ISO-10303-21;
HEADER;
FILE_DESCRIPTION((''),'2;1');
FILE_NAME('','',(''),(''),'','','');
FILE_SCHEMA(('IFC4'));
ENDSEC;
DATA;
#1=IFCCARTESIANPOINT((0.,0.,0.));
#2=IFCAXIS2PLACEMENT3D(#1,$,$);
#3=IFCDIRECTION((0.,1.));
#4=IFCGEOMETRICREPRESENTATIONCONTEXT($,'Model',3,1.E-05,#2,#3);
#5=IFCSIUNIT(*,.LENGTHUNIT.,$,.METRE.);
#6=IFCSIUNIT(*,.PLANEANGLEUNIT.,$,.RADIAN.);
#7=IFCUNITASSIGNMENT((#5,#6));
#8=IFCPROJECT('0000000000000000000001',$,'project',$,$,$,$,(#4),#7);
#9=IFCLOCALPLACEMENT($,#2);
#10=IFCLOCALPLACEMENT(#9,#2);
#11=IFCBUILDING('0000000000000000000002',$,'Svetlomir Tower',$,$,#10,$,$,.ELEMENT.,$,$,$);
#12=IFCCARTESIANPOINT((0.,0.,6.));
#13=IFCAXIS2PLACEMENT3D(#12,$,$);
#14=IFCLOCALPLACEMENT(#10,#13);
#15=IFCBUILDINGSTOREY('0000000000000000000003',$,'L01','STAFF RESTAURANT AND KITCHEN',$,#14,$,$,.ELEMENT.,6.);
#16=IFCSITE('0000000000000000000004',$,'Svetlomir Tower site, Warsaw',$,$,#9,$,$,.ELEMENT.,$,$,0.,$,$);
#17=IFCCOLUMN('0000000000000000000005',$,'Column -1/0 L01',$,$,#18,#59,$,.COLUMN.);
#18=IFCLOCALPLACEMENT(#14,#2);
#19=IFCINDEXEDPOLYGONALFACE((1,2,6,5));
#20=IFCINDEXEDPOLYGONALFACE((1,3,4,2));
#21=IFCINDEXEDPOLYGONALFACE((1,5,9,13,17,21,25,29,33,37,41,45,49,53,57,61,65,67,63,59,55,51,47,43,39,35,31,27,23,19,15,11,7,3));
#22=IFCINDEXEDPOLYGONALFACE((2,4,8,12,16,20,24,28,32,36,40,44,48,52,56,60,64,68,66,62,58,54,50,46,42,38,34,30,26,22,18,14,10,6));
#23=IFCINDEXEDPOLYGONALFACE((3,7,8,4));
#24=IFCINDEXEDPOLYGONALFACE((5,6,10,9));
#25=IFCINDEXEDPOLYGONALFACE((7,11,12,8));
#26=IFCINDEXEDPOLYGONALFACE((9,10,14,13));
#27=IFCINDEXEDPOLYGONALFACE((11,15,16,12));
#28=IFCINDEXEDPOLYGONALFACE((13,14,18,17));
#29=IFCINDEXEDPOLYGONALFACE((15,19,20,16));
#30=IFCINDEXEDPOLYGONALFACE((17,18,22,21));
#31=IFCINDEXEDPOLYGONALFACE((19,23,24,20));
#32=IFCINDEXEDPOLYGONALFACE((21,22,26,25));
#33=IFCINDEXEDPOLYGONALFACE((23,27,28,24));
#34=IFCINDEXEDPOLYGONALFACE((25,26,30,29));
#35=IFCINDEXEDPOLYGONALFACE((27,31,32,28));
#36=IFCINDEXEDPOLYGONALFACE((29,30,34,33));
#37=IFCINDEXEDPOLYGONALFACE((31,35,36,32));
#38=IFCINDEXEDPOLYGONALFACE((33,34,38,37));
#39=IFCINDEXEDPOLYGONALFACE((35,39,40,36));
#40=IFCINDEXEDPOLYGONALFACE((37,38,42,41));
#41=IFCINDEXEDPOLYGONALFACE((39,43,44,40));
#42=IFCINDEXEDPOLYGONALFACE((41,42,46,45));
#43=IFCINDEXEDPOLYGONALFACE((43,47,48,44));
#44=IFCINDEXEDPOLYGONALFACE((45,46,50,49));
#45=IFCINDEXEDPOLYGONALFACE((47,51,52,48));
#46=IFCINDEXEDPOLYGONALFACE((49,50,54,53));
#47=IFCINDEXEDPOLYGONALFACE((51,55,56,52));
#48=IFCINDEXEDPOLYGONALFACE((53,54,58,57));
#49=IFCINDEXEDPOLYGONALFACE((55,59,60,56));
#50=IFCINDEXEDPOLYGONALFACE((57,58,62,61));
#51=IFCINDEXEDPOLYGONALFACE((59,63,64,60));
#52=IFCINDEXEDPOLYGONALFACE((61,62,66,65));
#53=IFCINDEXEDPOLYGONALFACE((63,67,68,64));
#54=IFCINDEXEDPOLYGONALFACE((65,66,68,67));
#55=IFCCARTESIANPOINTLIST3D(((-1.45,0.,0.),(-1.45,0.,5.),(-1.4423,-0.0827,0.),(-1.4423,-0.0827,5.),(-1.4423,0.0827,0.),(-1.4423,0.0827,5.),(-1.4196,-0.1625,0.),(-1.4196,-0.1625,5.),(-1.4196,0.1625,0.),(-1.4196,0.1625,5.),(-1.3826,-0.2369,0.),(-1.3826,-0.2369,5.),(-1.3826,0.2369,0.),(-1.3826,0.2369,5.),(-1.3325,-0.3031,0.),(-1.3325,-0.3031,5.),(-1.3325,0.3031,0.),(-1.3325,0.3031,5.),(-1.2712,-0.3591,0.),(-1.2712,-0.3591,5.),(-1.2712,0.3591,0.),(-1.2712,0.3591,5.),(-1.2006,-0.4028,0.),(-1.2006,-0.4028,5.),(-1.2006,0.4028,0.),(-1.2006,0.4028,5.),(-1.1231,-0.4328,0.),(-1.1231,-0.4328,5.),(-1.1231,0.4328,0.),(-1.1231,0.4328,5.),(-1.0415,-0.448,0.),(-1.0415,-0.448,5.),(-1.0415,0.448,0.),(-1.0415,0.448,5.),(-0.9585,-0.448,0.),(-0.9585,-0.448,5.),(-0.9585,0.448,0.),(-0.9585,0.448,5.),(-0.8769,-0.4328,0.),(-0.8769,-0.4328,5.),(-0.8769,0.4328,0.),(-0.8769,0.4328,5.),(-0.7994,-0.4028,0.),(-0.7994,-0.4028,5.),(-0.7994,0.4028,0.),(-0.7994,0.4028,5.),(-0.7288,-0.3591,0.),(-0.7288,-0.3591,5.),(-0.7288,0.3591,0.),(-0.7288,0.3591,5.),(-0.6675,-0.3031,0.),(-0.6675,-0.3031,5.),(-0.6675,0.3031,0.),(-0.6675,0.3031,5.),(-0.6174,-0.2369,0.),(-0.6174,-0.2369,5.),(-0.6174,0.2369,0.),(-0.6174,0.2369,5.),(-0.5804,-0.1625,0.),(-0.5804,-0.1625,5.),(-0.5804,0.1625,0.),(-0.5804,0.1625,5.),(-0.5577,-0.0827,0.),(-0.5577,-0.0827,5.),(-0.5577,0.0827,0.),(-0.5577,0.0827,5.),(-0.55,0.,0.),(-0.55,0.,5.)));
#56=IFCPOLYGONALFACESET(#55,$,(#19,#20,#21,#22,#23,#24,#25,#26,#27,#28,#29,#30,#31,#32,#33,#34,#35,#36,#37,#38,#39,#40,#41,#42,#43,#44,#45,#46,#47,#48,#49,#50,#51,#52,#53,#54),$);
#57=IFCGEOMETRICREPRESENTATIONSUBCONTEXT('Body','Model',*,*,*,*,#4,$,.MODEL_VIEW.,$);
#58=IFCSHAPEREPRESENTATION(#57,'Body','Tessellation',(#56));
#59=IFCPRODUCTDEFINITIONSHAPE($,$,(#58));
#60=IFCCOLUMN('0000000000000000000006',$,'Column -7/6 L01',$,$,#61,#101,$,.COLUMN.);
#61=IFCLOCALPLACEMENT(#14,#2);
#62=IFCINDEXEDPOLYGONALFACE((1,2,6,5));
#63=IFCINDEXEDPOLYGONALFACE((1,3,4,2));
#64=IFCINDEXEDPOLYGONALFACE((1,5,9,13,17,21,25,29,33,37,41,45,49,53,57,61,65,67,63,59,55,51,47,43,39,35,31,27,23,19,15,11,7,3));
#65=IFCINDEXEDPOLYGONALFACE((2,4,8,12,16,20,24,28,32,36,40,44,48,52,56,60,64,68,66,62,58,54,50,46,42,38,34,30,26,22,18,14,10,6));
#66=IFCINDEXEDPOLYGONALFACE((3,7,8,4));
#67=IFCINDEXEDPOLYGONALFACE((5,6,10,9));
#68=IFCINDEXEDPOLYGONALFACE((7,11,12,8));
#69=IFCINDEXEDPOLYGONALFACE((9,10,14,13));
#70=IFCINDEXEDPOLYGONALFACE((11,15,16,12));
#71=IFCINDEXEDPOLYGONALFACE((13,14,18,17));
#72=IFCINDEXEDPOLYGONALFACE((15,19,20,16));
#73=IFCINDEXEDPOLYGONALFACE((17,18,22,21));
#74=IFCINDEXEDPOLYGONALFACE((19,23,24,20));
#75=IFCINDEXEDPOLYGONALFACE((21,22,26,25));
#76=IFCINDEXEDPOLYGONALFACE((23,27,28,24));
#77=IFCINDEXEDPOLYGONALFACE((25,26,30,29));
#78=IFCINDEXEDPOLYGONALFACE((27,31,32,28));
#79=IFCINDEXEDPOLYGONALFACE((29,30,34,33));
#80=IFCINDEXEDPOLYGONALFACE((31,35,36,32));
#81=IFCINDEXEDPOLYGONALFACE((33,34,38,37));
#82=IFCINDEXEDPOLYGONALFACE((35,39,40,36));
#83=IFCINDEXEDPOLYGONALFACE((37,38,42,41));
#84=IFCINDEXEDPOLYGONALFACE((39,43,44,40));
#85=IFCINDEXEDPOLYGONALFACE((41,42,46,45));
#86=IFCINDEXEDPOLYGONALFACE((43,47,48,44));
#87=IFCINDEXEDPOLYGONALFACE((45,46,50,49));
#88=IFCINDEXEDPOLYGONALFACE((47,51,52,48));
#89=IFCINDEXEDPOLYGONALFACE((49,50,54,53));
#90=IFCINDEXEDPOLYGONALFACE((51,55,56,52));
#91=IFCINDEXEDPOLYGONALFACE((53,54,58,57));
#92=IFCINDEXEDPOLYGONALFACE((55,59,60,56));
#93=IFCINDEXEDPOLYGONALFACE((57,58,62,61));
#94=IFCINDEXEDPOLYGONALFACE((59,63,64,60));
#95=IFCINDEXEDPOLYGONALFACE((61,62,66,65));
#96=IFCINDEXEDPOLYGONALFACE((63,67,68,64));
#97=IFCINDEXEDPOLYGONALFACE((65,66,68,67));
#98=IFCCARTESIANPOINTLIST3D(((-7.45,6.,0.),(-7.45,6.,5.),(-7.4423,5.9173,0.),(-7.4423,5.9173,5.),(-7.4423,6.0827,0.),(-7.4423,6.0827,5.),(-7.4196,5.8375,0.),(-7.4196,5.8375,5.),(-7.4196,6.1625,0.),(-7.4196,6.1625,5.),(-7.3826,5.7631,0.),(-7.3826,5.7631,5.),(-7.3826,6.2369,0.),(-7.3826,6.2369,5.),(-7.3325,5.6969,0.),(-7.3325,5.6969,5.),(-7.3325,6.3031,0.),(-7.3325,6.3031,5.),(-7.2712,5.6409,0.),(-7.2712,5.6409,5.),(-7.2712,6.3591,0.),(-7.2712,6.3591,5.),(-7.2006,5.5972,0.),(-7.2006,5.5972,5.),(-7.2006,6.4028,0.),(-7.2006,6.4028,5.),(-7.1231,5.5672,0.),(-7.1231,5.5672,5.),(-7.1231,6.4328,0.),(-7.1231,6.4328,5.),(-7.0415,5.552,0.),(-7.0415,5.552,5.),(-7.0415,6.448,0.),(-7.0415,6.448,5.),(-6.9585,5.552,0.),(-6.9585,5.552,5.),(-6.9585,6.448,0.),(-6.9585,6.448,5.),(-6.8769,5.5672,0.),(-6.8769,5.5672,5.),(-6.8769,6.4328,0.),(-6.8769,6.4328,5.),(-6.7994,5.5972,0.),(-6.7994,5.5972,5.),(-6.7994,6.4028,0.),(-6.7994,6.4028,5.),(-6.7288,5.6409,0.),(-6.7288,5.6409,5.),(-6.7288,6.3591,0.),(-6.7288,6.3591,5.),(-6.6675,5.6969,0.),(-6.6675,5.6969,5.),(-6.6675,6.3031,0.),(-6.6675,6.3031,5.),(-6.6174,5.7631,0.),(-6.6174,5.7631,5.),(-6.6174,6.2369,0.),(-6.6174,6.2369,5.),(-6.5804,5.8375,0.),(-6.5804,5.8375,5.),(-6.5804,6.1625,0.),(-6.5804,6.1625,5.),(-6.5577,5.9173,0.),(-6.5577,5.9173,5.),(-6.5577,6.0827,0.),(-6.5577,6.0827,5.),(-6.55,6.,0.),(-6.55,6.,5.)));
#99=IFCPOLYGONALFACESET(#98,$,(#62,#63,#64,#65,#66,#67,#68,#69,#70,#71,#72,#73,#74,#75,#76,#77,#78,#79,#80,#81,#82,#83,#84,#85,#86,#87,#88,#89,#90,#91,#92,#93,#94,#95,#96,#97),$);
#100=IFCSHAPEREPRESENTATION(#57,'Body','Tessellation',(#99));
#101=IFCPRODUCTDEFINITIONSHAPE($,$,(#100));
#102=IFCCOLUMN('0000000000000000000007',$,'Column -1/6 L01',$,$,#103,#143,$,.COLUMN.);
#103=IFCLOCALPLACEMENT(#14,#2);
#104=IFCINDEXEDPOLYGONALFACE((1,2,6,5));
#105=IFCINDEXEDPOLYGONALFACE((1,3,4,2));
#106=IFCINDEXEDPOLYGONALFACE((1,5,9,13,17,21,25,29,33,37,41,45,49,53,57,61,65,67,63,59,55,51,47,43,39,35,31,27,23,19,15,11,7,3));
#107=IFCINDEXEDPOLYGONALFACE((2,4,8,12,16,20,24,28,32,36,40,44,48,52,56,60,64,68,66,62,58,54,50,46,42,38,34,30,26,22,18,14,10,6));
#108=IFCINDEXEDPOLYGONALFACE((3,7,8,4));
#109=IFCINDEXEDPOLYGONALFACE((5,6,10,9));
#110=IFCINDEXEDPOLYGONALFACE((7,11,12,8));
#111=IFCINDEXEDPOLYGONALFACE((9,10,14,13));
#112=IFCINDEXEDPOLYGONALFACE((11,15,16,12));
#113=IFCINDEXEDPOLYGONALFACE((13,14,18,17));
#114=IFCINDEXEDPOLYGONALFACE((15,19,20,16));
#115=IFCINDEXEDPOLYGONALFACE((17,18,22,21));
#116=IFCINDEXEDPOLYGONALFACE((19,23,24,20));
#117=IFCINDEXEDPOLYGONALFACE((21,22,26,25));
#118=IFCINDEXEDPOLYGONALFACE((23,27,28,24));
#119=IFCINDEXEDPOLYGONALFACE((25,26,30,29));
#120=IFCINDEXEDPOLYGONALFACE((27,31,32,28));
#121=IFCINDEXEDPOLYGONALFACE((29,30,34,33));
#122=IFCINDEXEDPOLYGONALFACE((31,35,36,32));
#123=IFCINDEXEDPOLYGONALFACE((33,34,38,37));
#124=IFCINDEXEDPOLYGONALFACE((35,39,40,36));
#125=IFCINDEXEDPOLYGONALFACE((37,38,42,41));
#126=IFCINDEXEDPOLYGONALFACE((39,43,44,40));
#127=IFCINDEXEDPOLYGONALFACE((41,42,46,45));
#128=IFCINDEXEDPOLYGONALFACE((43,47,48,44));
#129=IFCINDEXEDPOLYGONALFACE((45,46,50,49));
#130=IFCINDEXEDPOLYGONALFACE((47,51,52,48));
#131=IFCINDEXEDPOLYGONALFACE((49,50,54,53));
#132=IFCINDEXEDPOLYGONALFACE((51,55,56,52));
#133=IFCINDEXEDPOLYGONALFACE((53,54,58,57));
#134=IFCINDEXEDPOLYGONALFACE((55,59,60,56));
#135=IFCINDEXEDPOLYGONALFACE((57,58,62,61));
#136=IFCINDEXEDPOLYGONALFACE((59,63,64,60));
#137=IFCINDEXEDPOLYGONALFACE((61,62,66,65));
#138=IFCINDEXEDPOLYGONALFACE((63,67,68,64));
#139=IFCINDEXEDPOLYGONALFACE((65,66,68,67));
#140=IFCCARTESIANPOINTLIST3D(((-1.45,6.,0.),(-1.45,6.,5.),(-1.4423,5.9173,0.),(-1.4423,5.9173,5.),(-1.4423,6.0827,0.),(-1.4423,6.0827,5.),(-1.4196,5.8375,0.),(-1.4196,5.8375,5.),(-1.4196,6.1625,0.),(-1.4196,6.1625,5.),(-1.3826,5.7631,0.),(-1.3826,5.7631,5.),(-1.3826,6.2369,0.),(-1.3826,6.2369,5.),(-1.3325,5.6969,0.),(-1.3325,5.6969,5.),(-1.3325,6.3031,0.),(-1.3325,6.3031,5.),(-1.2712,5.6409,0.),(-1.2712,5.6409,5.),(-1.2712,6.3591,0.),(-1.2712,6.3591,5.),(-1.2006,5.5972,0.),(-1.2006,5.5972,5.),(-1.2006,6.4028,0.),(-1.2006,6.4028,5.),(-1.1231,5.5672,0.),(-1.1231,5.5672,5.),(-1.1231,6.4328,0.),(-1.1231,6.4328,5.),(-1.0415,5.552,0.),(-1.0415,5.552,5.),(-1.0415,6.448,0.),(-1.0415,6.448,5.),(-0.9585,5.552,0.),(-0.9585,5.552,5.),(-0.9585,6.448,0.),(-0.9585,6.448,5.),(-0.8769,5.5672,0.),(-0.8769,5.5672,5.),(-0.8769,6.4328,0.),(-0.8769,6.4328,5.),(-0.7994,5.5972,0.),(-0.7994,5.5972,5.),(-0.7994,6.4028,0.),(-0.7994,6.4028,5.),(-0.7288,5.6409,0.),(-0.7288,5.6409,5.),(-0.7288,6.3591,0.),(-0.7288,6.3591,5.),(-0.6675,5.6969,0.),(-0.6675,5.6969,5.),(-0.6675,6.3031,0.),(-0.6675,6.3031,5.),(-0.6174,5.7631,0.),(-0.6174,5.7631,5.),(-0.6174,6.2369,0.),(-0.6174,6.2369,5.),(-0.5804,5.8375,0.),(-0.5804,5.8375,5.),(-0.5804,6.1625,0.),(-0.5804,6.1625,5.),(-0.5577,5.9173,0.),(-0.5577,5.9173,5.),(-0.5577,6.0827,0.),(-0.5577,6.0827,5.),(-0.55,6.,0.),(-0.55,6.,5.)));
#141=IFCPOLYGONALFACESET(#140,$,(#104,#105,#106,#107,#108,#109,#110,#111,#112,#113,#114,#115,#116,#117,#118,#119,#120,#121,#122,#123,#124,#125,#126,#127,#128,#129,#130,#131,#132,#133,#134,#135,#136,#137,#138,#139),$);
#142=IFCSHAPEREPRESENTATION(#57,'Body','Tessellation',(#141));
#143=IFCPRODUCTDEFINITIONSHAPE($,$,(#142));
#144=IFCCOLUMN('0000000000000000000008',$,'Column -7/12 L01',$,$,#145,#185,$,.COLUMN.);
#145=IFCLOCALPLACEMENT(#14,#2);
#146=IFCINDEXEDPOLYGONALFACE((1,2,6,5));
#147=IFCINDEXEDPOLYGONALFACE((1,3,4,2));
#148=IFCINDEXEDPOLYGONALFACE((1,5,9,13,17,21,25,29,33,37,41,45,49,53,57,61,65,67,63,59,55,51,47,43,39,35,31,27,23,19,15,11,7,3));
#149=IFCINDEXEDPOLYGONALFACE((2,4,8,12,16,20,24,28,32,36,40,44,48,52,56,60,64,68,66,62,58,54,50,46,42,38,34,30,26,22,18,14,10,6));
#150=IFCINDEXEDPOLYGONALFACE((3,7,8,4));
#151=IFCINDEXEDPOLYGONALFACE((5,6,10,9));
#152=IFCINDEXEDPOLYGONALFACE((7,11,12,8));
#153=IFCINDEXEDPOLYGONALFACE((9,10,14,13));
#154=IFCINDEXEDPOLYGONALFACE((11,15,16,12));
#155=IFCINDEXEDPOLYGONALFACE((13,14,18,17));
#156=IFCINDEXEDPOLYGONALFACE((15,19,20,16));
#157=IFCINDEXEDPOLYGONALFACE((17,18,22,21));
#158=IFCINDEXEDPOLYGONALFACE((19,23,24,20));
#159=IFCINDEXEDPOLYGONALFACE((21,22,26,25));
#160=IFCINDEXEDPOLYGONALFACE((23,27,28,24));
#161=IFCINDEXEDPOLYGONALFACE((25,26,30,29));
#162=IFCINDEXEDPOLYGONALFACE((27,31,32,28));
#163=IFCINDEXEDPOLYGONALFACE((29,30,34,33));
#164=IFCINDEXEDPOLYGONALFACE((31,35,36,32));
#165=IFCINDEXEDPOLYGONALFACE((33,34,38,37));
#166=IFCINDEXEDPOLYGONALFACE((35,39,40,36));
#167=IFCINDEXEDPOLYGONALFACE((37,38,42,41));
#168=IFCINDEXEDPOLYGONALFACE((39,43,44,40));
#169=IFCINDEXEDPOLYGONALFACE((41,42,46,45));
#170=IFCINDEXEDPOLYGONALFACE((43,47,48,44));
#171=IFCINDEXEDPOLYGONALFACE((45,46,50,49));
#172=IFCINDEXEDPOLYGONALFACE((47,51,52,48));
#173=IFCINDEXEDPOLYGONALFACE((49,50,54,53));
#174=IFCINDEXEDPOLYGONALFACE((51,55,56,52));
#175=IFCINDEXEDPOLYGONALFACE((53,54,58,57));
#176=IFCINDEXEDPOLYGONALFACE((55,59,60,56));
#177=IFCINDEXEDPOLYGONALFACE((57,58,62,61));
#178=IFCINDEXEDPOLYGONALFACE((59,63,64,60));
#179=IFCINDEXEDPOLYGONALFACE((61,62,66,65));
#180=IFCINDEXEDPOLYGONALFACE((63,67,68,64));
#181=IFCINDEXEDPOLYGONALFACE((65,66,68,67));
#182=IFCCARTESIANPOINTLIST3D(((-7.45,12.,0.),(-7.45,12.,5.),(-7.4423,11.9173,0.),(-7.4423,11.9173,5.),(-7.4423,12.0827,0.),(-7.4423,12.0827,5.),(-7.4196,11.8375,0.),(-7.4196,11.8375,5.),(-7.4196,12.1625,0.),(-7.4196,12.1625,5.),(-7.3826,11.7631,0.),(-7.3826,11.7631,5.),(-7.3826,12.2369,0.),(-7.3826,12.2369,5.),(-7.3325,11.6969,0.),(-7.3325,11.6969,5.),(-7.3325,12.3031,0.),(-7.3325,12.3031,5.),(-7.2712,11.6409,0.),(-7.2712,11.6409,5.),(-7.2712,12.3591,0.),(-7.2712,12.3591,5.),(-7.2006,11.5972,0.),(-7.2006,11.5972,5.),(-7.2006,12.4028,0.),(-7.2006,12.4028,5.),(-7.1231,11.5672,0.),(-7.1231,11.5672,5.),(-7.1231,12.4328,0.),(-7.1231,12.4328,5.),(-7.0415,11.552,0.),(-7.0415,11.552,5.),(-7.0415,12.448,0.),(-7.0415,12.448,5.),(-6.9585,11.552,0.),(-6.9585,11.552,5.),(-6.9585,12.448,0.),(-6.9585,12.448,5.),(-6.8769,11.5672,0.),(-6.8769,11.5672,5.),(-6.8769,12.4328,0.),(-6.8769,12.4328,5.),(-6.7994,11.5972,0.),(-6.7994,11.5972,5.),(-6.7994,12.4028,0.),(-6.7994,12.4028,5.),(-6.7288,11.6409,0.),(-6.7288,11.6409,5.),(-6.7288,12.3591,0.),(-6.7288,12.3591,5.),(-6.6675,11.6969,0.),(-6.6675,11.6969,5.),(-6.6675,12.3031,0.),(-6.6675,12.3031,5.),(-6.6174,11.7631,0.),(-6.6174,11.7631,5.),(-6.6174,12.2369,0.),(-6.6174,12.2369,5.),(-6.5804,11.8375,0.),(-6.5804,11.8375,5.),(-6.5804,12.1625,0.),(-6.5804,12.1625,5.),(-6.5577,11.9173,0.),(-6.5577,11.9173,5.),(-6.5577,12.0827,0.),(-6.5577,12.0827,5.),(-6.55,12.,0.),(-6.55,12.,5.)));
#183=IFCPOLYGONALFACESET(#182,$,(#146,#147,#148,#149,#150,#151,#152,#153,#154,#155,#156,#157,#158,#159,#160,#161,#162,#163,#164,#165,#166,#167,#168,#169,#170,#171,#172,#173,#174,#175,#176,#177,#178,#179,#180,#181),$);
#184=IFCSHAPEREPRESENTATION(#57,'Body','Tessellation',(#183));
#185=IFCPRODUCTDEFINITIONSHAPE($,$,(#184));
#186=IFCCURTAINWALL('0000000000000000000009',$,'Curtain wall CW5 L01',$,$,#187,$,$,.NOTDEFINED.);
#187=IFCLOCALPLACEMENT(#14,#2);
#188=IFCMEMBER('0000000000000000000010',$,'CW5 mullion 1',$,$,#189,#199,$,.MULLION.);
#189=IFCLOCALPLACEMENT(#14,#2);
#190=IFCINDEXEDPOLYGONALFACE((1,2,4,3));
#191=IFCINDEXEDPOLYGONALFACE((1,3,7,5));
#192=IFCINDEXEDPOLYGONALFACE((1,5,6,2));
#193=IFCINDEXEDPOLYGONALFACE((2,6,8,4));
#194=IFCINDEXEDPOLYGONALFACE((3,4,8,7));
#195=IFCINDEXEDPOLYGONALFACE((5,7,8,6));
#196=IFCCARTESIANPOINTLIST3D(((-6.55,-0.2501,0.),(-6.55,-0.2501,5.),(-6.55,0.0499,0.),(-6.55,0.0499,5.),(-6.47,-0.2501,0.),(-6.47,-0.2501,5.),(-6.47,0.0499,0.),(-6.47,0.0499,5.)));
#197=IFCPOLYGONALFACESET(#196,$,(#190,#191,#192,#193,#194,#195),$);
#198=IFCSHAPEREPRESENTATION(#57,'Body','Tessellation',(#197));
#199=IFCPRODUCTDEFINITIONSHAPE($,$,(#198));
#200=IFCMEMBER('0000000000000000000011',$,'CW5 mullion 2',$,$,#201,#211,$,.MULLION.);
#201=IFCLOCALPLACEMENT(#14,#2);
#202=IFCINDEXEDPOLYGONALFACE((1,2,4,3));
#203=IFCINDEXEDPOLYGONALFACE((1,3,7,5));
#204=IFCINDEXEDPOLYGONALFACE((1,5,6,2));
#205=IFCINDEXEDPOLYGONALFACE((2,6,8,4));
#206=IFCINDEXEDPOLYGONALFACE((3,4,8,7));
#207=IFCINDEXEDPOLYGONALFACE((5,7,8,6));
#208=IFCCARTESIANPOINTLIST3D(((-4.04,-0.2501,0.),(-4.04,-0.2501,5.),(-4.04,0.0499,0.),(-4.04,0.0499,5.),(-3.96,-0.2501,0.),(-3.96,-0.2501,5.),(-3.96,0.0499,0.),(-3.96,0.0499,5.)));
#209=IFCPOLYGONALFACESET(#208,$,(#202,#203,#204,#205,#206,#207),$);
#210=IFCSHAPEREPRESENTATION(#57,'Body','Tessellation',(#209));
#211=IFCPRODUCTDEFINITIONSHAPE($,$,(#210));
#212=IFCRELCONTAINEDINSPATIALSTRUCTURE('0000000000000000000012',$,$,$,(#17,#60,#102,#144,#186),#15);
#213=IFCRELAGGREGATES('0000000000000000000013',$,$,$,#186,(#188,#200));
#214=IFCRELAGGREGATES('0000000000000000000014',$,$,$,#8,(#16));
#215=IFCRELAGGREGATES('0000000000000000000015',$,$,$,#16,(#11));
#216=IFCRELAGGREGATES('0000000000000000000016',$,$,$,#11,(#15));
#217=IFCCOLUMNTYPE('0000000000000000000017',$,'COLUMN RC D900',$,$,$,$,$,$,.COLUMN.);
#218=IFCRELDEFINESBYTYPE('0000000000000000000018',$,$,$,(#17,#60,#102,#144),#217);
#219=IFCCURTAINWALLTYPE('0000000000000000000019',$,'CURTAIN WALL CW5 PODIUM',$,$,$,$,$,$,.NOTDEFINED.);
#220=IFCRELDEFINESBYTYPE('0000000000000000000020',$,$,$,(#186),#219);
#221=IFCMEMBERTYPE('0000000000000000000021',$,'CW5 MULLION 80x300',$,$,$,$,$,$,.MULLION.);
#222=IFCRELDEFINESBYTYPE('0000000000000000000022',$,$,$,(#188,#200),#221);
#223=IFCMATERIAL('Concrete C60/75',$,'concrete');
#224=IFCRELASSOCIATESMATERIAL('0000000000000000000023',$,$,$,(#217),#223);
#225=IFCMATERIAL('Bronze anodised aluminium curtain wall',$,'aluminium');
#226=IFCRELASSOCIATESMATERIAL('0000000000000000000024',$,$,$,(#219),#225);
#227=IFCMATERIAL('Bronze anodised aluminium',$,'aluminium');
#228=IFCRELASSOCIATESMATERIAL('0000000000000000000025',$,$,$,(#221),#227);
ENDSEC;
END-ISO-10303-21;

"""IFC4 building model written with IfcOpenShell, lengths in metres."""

from ifc_helpers import new_model, si_unit, direction, frame, origin, origin_2d, place, context, subcontext, project, spatial, rectangle, circle, extrude, material, material_profile, profile_set, type_object, element, aggregate, save


model = new_model("IFC4")

# Units and contexts
model_context = context("Model", 3, precision=1e-05, world=origin(), true_north=direction((0.0, 1.0)))
body_context = subcontext(model_context, "Body", "Model", "MODEL_VIEW")
ifc_project = project(units=[si_unit("LENGTHUNIT", "METRE"), si_unit("PLANEANGLEUNIT", "RADIAN")], contexts=[model_context])

# Site, building, storey
site_placement = place(None, origin())
site = spatial("IfcSite", under=ifc_project, at=site_placement, Name="Svetlomir Tower site, Warsaw", CompositionType="ELEMENT", RefElevation=0.0)
building_placement = place(site_placement, origin())
building = spatial("IfcBuilding", under=site, at=building_placement, Name="Svetlomir Tower", CompositionType="ELEMENT")
storey_placement = place(building_placement, frame((0.0, 0.0, 6.0)))
storey = spatial("IfcBuildingStorey", under=building, at=storey_placement, Name="L01", Description="STAFF RESTAURANT AND KITCHEN", CompositionType="ELEMENT", Elevation=6.0)

# Columns
ifc_material_1 = material(Name="Concrete C60/75", Category="concrete")
ifc_material_profile_1 = material_profile(ifc_material_1, circle(Radius=0.45, at=origin_2d()), Name="RC D900")
ifc_profile_set_1 = profile_set([ifc_material_profile_1], Name="Concrete C60/75")
column_type = type_object("IfcColumnType", Name="COLUMN RC D900", PredefinedType="COLUMN", material=ifc_profile_set_1)
for number, where, z_axis, x_axis, name in (
    (1, (-1.0, 0.0, 0.0), (0.0, 0.0, 1.0), (1.0, 0.0, 0.0), "Column -1/0 L01"),
    (2, (-7.0, 6.0, 0.0), (0.0, 0.0, 1.0), (1.0, 0.0, 0.0), "Column -7/6 L01"),
    (3, (-1.0, 6.0, 0.0), (0.0, 0.0, 1.0), (1.0, 0.0, 0.0), "Column -1/6 L01"),
    (4, (-7.0, 12.0, 0.0), (0.0, 0.0, 1.0), (1.0, 0.0, 0.0), "Column -7/12 L01"),
):
    element("IfcColumn", number, at=place(storey_placement, frame(where, z_axis=z_axis, x_axis=x_axis)), inside=storey, type_object=column_type, Name=name, PredefinedType="COLUMN", context=body_context, shape_type="SweptSolid", body=[
        extrude(circle(Radius=0.45, at=origin_2d()), origin(), (0.0, 0.0, 1.0), 5.0),
    ])

# Curtain wall, members
ifc_material_2 = material(Name="Bronze anodised aluminium curtain wall", Category="aluminium")
curtain_wall_type = type_object("IfcCurtainWallType", Name="CURTAIN WALL CW5 PODIUM", PredefinedType="NOTDEFINED", material=ifc_material_2)
curtain_wall_placement = place(storey_placement, origin())
curtain_wall = element("IfcCurtainWall", 5, at=curtain_wall_placement, inside=storey, type_object=curtain_wall_type, Name="Curtain wall CW5 L01", PredefinedType="NOTDEFINED")
ifc_material_3 = material(Name="Bronze anodised aluminium", Category="aluminium")
ifc_material_profile_2 = material_profile(ifc_material_3, rectangle(XDim=0.0801, YDim=0.3, at=origin_2d()), Name="AL 80x300")
ifc_profile_set_2 = profile_set([ifc_material_profile_2], Name="Bronze anodised aluminium 6063-T6")
member_type_1 = type_object("IfcMemberType", Name="CW5 MULLION 80x300", PredefinedType="MULLION", material=ifc_profile_set_2)
member_1_placement = place(storey_placement, frame((-6.51, -0.1001, 0.0), z_axis=(0.0, 0.0, 1.0), x_axis=(1.0, 0.0, 0.0)))
member_1 = element("IfcMember", 6, at=member_1_placement, type_object=member_type_1, Name="CW5 mullion 1", PredefinedType="MULLION", context=body_context, shape_type="SweptSolid", body=[
    extrude(rectangle(XDim=0.0801, YDim=0.3, at=origin_2d()), origin(), (0.0, 0.0, 1.0), 5.0),
])
member_2_placement = place(storey_placement, frame((-4.0, -0.1001, 0.0), z_axis=(0.0, 0.0, 1.0), x_axis=(1.0, 0.0, 0.0)))
member_2 = element("IfcMember", 7, at=member_2_placement, type_object=member_type_1, Name="CW5 mullion 2", PredefinedType="MULLION", context=body_context, shape_type="SweptSolid", body=[
    extrude(rectangle(XDim=0.0801, YDim=0.3, at=origin_2d()), origin(), (0.0, 0.0, 1.0), 5.0),
])

aggregate(curtain_wall, [member_1, member_2])

save(model, "model.ifc")
